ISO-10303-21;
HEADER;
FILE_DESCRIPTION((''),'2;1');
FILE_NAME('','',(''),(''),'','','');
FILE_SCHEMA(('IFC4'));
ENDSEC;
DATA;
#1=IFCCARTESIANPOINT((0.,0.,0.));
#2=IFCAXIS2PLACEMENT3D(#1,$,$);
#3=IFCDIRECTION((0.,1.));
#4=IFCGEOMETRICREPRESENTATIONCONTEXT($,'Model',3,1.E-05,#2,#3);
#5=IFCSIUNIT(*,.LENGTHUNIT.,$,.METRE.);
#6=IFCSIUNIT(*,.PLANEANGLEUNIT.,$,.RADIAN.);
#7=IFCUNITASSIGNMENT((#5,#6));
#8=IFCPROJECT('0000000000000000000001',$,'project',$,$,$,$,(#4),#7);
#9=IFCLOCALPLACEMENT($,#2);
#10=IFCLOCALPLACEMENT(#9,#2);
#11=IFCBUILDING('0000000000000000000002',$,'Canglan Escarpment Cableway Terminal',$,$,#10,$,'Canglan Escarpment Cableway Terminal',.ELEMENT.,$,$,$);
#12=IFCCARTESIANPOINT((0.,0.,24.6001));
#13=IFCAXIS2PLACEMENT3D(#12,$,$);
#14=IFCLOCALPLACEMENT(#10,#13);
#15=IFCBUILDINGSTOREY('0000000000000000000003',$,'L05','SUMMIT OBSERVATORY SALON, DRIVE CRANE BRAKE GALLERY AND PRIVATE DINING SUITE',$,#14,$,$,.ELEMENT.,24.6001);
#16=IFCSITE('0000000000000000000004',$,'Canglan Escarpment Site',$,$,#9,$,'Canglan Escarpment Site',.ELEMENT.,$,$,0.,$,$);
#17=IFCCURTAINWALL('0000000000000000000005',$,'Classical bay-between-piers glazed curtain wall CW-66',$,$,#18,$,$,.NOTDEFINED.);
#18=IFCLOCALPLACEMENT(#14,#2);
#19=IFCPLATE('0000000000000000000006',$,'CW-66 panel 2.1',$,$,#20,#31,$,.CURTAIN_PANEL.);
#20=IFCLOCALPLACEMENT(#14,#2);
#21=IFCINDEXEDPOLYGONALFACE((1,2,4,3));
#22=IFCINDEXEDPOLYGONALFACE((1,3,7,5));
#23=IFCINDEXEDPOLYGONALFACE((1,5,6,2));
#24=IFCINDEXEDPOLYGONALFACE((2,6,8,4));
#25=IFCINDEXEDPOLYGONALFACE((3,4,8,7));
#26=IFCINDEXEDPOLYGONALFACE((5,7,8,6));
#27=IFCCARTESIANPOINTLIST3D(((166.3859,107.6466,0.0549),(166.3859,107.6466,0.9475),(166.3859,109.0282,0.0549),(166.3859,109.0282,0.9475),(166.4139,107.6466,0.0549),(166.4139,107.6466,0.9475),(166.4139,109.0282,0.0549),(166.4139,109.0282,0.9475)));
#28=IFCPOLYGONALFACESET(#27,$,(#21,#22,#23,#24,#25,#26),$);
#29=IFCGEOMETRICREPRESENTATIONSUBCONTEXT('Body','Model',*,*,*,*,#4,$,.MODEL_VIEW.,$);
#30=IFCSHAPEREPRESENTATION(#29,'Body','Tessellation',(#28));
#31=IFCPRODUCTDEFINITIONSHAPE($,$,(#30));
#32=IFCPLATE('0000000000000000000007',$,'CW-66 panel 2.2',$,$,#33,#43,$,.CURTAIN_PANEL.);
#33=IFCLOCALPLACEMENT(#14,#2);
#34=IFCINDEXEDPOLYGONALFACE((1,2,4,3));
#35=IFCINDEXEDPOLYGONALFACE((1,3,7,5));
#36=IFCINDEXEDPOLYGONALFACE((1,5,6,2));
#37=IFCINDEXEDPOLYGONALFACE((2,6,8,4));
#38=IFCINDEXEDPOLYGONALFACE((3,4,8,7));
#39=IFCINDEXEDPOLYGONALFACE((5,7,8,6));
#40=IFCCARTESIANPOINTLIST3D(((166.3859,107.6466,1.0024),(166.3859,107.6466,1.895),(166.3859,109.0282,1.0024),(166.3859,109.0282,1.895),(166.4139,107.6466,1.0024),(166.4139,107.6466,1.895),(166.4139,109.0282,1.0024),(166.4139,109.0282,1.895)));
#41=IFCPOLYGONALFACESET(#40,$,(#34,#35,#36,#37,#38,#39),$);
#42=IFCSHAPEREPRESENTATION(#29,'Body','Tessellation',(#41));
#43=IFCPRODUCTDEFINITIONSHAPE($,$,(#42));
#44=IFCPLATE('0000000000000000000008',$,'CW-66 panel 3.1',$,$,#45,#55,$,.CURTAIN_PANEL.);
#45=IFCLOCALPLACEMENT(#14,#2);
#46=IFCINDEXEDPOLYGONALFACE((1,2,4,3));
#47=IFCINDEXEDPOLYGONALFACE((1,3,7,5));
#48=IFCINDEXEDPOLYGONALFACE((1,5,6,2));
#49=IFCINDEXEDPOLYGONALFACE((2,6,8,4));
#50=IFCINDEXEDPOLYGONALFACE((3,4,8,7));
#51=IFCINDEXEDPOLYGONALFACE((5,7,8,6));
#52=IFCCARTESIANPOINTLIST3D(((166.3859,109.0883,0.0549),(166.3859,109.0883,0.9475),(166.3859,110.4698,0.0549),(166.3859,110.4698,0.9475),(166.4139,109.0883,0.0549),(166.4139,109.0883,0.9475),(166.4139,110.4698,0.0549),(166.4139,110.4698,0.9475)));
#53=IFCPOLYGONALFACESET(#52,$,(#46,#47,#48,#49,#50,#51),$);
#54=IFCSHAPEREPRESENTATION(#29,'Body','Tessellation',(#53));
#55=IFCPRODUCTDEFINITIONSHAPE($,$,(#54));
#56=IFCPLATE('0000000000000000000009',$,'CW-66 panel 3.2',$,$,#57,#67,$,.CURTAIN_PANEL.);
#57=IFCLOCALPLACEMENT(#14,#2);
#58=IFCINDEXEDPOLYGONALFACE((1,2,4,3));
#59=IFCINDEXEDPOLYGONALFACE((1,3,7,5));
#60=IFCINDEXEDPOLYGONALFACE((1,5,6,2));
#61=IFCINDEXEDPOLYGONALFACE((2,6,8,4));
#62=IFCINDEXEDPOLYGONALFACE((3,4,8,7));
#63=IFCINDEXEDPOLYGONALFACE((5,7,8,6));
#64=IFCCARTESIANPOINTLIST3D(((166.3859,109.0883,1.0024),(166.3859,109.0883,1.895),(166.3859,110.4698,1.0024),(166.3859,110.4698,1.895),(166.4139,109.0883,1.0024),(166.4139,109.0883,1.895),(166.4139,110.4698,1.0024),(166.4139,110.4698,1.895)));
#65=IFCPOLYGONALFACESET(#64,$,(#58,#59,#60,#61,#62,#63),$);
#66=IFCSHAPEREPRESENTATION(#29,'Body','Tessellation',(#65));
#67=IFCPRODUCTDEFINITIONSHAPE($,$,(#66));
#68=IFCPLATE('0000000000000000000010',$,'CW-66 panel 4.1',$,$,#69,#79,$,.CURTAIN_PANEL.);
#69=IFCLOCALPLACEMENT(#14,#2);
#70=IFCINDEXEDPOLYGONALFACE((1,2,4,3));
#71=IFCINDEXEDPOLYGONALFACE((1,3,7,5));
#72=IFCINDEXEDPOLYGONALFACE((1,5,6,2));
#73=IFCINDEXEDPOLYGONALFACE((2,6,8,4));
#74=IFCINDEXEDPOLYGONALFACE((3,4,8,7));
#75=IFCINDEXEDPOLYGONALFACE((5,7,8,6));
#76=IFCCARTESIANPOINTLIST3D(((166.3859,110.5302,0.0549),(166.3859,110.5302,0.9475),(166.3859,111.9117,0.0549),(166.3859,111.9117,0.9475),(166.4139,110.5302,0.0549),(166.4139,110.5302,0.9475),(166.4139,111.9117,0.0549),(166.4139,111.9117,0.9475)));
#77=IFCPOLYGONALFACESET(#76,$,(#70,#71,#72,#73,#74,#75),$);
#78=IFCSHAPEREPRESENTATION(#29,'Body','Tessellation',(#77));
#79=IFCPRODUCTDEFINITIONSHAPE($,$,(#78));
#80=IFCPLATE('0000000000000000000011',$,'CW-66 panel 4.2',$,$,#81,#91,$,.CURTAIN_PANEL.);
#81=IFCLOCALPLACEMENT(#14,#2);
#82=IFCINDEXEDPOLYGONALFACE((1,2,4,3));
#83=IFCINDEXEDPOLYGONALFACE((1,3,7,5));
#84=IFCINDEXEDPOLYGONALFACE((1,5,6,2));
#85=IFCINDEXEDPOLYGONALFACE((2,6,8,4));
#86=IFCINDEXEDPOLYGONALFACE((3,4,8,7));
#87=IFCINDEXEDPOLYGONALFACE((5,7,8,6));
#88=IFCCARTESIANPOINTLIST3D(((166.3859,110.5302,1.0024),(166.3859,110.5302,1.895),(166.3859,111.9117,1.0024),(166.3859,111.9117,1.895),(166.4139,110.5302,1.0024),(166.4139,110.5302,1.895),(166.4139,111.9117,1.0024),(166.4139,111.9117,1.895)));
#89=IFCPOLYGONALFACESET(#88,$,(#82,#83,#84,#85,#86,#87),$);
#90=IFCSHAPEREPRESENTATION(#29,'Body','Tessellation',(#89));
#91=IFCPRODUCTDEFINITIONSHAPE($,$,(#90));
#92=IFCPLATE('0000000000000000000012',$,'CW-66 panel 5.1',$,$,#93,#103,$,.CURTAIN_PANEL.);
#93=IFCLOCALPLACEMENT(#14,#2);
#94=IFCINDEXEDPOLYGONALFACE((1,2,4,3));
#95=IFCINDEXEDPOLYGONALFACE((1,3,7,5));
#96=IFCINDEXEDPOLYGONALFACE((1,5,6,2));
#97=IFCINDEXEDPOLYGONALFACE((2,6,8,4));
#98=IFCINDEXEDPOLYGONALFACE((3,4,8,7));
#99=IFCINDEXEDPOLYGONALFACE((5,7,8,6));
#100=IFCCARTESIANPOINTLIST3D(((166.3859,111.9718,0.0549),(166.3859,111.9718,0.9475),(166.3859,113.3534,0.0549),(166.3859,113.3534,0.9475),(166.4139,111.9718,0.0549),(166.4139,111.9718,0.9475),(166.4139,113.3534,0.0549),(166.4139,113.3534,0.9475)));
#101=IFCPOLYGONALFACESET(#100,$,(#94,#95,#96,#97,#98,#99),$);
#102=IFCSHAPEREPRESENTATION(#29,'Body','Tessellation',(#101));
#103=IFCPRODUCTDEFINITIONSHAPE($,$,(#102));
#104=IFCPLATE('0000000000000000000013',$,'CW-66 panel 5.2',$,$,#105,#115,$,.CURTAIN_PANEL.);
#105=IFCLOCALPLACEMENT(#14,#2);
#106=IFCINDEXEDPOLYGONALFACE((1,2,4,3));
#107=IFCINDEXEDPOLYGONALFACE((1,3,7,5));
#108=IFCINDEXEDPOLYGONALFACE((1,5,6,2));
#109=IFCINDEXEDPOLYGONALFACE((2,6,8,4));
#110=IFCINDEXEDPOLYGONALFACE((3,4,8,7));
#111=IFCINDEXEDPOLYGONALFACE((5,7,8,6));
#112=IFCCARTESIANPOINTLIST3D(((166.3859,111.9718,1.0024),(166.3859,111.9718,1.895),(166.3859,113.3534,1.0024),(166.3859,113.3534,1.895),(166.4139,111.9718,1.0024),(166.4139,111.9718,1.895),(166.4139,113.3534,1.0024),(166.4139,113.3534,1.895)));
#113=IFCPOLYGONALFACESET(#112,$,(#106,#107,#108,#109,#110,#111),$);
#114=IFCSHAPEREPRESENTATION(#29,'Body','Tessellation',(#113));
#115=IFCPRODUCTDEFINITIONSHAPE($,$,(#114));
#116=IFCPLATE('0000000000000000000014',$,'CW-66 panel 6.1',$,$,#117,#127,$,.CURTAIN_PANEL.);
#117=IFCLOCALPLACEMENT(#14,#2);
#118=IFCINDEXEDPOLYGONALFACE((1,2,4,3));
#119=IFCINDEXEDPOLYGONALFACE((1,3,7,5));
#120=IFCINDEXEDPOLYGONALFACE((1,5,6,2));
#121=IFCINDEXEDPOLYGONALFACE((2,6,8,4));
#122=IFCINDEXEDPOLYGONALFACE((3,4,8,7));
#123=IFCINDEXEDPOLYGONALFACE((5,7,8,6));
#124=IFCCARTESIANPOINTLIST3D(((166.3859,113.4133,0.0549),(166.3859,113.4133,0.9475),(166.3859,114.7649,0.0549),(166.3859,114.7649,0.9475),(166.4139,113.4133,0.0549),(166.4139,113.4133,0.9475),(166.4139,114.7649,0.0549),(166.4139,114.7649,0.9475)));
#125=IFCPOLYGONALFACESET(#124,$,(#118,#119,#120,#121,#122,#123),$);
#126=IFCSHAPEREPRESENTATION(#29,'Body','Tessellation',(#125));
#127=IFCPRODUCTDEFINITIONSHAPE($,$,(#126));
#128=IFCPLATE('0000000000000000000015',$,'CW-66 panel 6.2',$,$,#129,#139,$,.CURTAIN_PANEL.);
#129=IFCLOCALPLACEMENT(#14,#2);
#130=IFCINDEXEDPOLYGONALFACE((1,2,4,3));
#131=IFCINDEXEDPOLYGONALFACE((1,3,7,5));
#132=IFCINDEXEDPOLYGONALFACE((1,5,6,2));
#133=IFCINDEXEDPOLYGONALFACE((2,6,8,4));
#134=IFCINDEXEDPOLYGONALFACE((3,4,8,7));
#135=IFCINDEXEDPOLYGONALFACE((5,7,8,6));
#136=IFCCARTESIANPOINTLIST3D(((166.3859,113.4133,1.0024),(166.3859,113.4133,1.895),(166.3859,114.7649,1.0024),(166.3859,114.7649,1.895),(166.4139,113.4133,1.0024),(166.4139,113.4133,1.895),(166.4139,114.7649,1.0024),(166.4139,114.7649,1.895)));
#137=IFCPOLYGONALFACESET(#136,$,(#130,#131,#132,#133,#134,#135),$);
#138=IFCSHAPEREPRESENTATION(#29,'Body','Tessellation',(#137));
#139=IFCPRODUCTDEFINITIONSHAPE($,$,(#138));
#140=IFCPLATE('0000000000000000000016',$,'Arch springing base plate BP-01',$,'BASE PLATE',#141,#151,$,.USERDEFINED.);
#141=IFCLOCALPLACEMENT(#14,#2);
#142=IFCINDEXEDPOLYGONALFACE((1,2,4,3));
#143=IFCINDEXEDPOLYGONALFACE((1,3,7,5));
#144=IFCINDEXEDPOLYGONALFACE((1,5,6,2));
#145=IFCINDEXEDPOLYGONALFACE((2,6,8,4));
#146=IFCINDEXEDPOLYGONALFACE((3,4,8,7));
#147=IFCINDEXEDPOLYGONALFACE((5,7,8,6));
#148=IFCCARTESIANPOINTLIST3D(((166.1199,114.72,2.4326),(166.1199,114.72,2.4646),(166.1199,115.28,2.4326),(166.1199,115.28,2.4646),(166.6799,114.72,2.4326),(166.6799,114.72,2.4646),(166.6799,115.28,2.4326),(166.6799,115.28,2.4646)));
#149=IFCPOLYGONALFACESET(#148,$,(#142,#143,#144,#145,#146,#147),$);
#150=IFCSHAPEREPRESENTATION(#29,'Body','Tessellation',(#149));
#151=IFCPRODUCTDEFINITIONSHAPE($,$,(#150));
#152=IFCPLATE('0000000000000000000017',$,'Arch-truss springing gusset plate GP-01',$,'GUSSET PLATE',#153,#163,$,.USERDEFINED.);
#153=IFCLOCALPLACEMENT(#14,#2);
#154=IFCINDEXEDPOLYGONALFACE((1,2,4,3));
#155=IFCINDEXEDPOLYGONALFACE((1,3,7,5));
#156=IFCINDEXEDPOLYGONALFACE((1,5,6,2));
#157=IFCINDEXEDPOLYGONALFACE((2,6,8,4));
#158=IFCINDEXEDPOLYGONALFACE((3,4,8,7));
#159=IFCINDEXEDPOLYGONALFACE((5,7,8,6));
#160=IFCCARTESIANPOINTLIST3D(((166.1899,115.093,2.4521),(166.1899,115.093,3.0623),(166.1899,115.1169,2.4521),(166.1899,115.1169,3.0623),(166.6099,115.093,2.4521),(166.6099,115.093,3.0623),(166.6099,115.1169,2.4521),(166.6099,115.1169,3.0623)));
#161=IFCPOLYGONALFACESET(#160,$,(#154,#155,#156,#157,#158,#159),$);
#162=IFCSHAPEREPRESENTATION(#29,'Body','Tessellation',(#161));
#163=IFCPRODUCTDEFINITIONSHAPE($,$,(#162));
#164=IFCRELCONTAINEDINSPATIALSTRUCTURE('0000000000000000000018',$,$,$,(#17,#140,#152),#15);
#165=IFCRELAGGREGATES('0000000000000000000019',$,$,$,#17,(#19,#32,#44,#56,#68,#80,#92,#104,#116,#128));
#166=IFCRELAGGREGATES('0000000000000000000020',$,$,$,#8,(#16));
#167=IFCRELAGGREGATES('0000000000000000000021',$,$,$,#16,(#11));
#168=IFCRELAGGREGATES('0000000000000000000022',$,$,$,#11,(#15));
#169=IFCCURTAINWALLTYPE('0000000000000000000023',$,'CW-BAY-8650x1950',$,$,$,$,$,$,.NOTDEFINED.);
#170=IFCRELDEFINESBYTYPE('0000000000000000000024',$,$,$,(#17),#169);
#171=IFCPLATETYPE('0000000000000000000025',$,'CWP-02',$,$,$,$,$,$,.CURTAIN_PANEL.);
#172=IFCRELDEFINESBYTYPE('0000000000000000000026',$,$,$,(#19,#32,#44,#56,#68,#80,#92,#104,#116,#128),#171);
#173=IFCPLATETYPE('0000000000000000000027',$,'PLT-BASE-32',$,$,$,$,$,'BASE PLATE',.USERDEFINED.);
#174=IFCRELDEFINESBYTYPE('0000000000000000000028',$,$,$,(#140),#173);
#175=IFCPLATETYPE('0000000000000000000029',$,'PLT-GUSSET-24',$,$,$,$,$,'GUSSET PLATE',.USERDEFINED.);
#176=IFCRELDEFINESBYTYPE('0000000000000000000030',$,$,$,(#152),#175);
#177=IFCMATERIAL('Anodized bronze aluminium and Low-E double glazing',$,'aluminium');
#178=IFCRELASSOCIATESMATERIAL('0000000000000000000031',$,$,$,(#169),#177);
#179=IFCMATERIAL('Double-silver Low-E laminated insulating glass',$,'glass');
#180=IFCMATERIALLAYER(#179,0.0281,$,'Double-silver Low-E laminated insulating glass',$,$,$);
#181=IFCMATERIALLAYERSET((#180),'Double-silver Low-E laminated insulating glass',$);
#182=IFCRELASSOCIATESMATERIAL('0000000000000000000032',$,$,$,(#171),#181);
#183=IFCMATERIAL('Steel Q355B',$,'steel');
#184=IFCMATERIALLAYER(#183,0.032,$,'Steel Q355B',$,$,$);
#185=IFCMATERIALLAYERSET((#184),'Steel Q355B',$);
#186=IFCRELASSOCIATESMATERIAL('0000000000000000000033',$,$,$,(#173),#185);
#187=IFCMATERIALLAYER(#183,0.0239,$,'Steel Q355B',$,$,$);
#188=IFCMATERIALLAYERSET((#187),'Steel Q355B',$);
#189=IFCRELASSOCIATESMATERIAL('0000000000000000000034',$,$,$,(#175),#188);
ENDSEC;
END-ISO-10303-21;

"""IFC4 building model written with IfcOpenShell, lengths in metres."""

from ifc_helpers import new_model, si_unit, direction, frame, origin, origin_2d, place, context, subcontext, project, spatial, rectangle, extrude, material, layer, layer_set, type_object, element, aggregate, save


model = new_model("IFC4")

# Units and contexts
model_context = context("Model", 3, precision=1e-05, world=origin(), true_north=direction((0.0, 1.0)))
body_context = subcontext(model_context, "Body", "Model", "MODEL_VIEW")
ifc_project = project(units=[si_unit("LENGTHUNIT", "METRE"), si_unit("PLANEANGLEUNIT", "RADIAN")], contexts=[model_context])

# Site, building, storey
site_placement = place(None, origin())
site = spatial("IfcSite", under=ifc_project, at=site_placement, Name="Canglan Escarpment Site", LongName="Canglan Escarpment Site", CompositionType="ELEMENT", RefElevation=0.0)
building_placement = place(site_placement, origin())
building = spatial("IfcBuilding", under=site, at=building_placement, Name="Canglan Escarpment Cableway Terminal", LongName="Canglan Escarpment Cableway Terminal", CompositionType="ELEMENT")
storey_placement = place(building_placement, frame((0.0, 0.0, 24.6001)))
storey = spatial("IfcBuildingStorey", under=building, at=storey_placement, Name="L05", Description="SUMMIT OBSERVATORY SALON, DRIVE CRANE BRAKE GALLERY AND PRIVATE DINING SUITE", CompositionType="ELEMENT", Elevation=24.6001)

# Shared definitions
ifc_material_1 = material(Name="Steel Q355B", Category="steel")

# Curtain wall
ifc_material_2 = material(Name="Anodized bronze aluminium and Low-E double glazing", Category="aluminium")
curtain_wall_type = type_object("IfcCurtainWallType", Name="CW-BAY-8650x1950", PredefinedType="NOTDEFINED", material=ifc_material_2)
curtain_wall_1_placement = place(storey_placement, origin())
curtain_wall_1 = element("IfcCurtainWall", 1, at=curtain_wall_1_placement, inside=storey, type_object=curtain_wall_type, Name="Classical bay-between-piers glazed curtain wall CW-66", PredefinedType="NOTDEFINED")

# Plates
ifc_material_3 = material(Name="Double-silver Low-E laminated insulating glass", Category="glass")
ifc_layer_1 = layer(ifc_material_3, 0.0281, Name="Double-silver Low-E laminated insulating glass")
ifc_layer_set_1 = layer_set([ifc_layer_1], Name="Double-silver Low-E laminated insulating glass")
plate_type_1 = type_object("IfcPlateType", Name="CWP-02", PredefinedType="CURTAIN_PANEL", material=ifc_layer_set_1)
plate_1_placement = place(storey_placement, frame((166.3999, 108.3374, 0.0549), z_axis=(0.0, 0.0, 1.0), x_axis=(0.0, 1.0, 0.0)))
plate_1 = element("IfcPlate", 2, at=plate_1_placement, type_object=plate_type_1, Name="CW-66 panel 2.1", PredefinedType="CURTAIN_PANEL", context=body_context, shape_type="SweptSolid", body=[
    extrude(rectangle(XDim=1.3816, YDim=0.0281, at=origin_2d()), origin(), (0.0, 0.0, 1.0), 0.8926),
])
plate_2_placement = place(storey_placement, frame((166.3999, 108.3374, 1.0024), z_axis=(0.0, 0.0, 1.0), x_axis=(0.0, 1.0, 0.0)))
plate_2 = element("IfcPlate", 3, at=plate_2_placement, type_object=plate_type_1, Name="CW-66 panel 2.2", PredefinedType="CURTAIN_PANEL", context=body_context, shape_type="SweptSolid", body=[
    extrude(rectangle(XDim=1.3816, YDim=0.0281, at=origin_2d()), origin(), (0.0, 0.0, 1.0), 0.8926),
])
plate_3_placement = place(storey_placement, frame((166.3999, 109.7791, 0.0549), z_axis=(0.0, 0.0, 1.0), x_axis=(0.0, 1.0, 0.0)))
plate_3 = element("IfcPlate", 4, at=plate_3_placement, type_object=plate_type_1, Name="CW-66 panel 3.1", PredefinedType="CURTAIN_PANEL", context=body_context, shape_type="SweptSolid", body=[
    extrude(rectangle(XDim=1.3816, YDim=0.0281, at=origin_2d()), origin(), (0.0, 0.0, 1.0), 0.8926),
])
plate_4_placement = place(storey_placement, frame((166.3999, 109.7791, 1.0024), z_axis=(0.0, 0.0, 1.0), x_axis=(0.0, 1.0, 0.0)))
plate_4 = element("IfcPlate", 5, at=plate_4_placement, type_object=plate_type_1, Name="CW-66 panel 3.2", PredefinedType="CURTAIN_PANEL", context=body_context, shape_type="SweptSolid", body=[
    extrude(rectangle(XDim=1.3816, YDim=0.0281, at=origin_2d()), origin(), (0.0, 0.0, 1.0), 0.8926),
])
plate_5_placement = place(storey_placement, frame((166.3999, 111.2209, 0.0549), z_axis=(0.0, 0.0, 1.0), x_axis=(0.0, 1.0, 0.0)))
plate_5 = element("IfcPlate", 6, at=plate_5_placement, type_object=plate_type_1, Name="CW-66 panel 4.1", PredefinedType="CURTAIN_PANEL", context=body_context, shape_type="SweptSolid", body=[
    extrude(rectangle(XDim=1.3816, YDim=0.0281, at=origin_2d()), origin(), (0.0, 0.0, 1.0), 0.8926),
])
plate_6_placement = place(storey_placement, frame((166.3999, 111.2209, 1.0024), z_axis=(0.0, 0.0, 1.0), x_axis=(0.0, 1.0, 0.0)))
plate_6 = element("IfcPlate", 7, at=plate_6_placement, type_object=plate_type_1, Name="CW-66 panel 4.2", PredefinedType="CURTAIN_PANEL", context=body_context, shape_type="SweptSolid", body=[
    extrude(rectangle(XDim=1.3816, YDim=0.0281, at=origin_2d()), origin(), (0.0, 0.0, 1.0), 0.8926),
])
plate_7_placement = place(storey_placement, frame((166.3999, 112.6626, 0.0549), z_axis=(0.0, 0.0, 1.0), x_axis=(0.0, 1.0, 0.0)))
plate_7 = element("IfcPlate", 8, at=plate_7_placement, type_object=plate_type_1, Name="CW-66 panel 5.1", PredefinedType="CURTAIN_PANEL", context=body_context, shape_type="SweptSolid", body=[
    extrude(rectangle(XDim=1.3816, YDim=0.0281, at=origin_2d()), origin(), (0.0, 0.0, 1.0), 0.8926),
])
plate_8_placement = place(storey_placement, frame((166.3999, 112.6626, 1.0024), z_axis=(0.0, 0.0, 1.0), x_axis=(0.0, 1.0, 0.0)))
plate_8 = element("IfcPlate", 9, at=plate_8_placement, type_object=plate_type_1, Name="CW-66 panel 5.2", PredefinedType="CURTAIN_PANEL", context=body_context, shape_type="SweptSolid", body=[
    extrude(rectangle(XDim=1.3816, YDim=0.0281, at=origin_2d()), origin(), (0.0, 0.0, 1.0), 0.8926),
])
plate_9_placement = place(storey_placement, frame((166.3999, 114.0891, 0.0549), z_axis=(0.0, 0.0, 1.0), x_axis=(0.0, 1.0, 0.0)))
plate_9 = element("IfcPlate", 10, at=plate_9_placement, type_object=plate_type_1, Name="CW-66 panel 6.1", PredefinedType="CURTAIN_PANEL", context=body_context, shape_type="SweptSolid", body=[
    extrude(rectangle(XDim=1.3516, YDim=0.0281, at=origin_2d()), origin(), (0.0, 0.0, 1.0), 0.8926),
])
plate_10_placement = place(storey_placement, frame((166.3999, 114.0891, 1.0024), z_axis=(0.0, 0.0, 1.0), x_axis=(0.0, 1.0, 0.0)))
plate_10 = element("IfcPlate", 11, at=plate_10_placement, type_object=plate_type_1, Name="CW-66 panel 6.2", PredefinedType="CURTAIN_PANEL", context=body_context, shape_type="SweptSolid", body=[
    extrude(rectangle(XDim=1.3516, YDim=0.0281, at=origin_2d()), origin(), (0.0, 0.0, 1.0), 0.8926),
])
aggregate(curtain_wall_1, [plate_1, plate_2, plate_3, plate_4, plate_5, plate_6, plate_7, plate_8, plate_9, plate_10])

# Plates
ifc_layer_2 = layer(ifc_material_1, 0.032, Name="Steel Q355B")
ifc_layer_set_2 = layer_set([ifc_layer_2], Name="Steel Q355B")
plate_type_2 = type_object("IfcPlateType", Name="PLT-BASE-32", ElementType="BASE PLATE", PredefinedType="USERDEFINED", material=ifc_layer_set_2)
plate_11_placement = place(storey_placement, frame((166.3999, 115.0, 2.4326), z_axis=(0.0, 0.0, 1.0), x_axis=(1.0, 0.0, 0.0)))
element("IfcPlate", 12, at=plate_11_placement, inside=storey, type_object=plate_type_2, Name="Arch springing base plate BP-01", ObjectType="BASE PLATE", PredefinedType="USERDEFINED", context=body_context, shape_type="SweptSolid", body=[
    extrude(rectangle(XDim=0.5601, YDim=0.5601, at=origin_2d()), origin(), (0.0, 0.0, 1.0), 0.032),
])
ifc_layer_3 = layer(ifc_material_1, 0.0239, Name="Steel Q355B")
ifc_layer_set_3 = layer_set([ifc_layer_3], Name="Steel Q355B")
plate_type_3 = type_object("IfcPlateType", Name="PLT-GUSSET-24", ElementType="GUSSET PLATE", PredefinedType="USERDEFINED", material=ifc_layer_set_3)
plate_12_placement = place(storey_placement, frame((166.3999, 115.105, 2.4521), z_axis=(0.0, 0.0, 1.0), x_axis=(1.0, 0.0, 0.0)))
element("IfcPlate", 13, at=plate_12_placement, inside=storey, type_object=plate_type_3, Name="Arch-truss springing gusset plate GP-01", ObjectType="GUSSET PLATE", PredefinedType="USERDEFINED", context=body_context, shape_type="SweptSolid", body=[
    extrude(rectangle(XDim=0.4199, YDim=0.0239, at=origin_2d()), origin(), (0.0, 0.0, 1.0), 0.6101),
])

save(model, "model.ifc")
